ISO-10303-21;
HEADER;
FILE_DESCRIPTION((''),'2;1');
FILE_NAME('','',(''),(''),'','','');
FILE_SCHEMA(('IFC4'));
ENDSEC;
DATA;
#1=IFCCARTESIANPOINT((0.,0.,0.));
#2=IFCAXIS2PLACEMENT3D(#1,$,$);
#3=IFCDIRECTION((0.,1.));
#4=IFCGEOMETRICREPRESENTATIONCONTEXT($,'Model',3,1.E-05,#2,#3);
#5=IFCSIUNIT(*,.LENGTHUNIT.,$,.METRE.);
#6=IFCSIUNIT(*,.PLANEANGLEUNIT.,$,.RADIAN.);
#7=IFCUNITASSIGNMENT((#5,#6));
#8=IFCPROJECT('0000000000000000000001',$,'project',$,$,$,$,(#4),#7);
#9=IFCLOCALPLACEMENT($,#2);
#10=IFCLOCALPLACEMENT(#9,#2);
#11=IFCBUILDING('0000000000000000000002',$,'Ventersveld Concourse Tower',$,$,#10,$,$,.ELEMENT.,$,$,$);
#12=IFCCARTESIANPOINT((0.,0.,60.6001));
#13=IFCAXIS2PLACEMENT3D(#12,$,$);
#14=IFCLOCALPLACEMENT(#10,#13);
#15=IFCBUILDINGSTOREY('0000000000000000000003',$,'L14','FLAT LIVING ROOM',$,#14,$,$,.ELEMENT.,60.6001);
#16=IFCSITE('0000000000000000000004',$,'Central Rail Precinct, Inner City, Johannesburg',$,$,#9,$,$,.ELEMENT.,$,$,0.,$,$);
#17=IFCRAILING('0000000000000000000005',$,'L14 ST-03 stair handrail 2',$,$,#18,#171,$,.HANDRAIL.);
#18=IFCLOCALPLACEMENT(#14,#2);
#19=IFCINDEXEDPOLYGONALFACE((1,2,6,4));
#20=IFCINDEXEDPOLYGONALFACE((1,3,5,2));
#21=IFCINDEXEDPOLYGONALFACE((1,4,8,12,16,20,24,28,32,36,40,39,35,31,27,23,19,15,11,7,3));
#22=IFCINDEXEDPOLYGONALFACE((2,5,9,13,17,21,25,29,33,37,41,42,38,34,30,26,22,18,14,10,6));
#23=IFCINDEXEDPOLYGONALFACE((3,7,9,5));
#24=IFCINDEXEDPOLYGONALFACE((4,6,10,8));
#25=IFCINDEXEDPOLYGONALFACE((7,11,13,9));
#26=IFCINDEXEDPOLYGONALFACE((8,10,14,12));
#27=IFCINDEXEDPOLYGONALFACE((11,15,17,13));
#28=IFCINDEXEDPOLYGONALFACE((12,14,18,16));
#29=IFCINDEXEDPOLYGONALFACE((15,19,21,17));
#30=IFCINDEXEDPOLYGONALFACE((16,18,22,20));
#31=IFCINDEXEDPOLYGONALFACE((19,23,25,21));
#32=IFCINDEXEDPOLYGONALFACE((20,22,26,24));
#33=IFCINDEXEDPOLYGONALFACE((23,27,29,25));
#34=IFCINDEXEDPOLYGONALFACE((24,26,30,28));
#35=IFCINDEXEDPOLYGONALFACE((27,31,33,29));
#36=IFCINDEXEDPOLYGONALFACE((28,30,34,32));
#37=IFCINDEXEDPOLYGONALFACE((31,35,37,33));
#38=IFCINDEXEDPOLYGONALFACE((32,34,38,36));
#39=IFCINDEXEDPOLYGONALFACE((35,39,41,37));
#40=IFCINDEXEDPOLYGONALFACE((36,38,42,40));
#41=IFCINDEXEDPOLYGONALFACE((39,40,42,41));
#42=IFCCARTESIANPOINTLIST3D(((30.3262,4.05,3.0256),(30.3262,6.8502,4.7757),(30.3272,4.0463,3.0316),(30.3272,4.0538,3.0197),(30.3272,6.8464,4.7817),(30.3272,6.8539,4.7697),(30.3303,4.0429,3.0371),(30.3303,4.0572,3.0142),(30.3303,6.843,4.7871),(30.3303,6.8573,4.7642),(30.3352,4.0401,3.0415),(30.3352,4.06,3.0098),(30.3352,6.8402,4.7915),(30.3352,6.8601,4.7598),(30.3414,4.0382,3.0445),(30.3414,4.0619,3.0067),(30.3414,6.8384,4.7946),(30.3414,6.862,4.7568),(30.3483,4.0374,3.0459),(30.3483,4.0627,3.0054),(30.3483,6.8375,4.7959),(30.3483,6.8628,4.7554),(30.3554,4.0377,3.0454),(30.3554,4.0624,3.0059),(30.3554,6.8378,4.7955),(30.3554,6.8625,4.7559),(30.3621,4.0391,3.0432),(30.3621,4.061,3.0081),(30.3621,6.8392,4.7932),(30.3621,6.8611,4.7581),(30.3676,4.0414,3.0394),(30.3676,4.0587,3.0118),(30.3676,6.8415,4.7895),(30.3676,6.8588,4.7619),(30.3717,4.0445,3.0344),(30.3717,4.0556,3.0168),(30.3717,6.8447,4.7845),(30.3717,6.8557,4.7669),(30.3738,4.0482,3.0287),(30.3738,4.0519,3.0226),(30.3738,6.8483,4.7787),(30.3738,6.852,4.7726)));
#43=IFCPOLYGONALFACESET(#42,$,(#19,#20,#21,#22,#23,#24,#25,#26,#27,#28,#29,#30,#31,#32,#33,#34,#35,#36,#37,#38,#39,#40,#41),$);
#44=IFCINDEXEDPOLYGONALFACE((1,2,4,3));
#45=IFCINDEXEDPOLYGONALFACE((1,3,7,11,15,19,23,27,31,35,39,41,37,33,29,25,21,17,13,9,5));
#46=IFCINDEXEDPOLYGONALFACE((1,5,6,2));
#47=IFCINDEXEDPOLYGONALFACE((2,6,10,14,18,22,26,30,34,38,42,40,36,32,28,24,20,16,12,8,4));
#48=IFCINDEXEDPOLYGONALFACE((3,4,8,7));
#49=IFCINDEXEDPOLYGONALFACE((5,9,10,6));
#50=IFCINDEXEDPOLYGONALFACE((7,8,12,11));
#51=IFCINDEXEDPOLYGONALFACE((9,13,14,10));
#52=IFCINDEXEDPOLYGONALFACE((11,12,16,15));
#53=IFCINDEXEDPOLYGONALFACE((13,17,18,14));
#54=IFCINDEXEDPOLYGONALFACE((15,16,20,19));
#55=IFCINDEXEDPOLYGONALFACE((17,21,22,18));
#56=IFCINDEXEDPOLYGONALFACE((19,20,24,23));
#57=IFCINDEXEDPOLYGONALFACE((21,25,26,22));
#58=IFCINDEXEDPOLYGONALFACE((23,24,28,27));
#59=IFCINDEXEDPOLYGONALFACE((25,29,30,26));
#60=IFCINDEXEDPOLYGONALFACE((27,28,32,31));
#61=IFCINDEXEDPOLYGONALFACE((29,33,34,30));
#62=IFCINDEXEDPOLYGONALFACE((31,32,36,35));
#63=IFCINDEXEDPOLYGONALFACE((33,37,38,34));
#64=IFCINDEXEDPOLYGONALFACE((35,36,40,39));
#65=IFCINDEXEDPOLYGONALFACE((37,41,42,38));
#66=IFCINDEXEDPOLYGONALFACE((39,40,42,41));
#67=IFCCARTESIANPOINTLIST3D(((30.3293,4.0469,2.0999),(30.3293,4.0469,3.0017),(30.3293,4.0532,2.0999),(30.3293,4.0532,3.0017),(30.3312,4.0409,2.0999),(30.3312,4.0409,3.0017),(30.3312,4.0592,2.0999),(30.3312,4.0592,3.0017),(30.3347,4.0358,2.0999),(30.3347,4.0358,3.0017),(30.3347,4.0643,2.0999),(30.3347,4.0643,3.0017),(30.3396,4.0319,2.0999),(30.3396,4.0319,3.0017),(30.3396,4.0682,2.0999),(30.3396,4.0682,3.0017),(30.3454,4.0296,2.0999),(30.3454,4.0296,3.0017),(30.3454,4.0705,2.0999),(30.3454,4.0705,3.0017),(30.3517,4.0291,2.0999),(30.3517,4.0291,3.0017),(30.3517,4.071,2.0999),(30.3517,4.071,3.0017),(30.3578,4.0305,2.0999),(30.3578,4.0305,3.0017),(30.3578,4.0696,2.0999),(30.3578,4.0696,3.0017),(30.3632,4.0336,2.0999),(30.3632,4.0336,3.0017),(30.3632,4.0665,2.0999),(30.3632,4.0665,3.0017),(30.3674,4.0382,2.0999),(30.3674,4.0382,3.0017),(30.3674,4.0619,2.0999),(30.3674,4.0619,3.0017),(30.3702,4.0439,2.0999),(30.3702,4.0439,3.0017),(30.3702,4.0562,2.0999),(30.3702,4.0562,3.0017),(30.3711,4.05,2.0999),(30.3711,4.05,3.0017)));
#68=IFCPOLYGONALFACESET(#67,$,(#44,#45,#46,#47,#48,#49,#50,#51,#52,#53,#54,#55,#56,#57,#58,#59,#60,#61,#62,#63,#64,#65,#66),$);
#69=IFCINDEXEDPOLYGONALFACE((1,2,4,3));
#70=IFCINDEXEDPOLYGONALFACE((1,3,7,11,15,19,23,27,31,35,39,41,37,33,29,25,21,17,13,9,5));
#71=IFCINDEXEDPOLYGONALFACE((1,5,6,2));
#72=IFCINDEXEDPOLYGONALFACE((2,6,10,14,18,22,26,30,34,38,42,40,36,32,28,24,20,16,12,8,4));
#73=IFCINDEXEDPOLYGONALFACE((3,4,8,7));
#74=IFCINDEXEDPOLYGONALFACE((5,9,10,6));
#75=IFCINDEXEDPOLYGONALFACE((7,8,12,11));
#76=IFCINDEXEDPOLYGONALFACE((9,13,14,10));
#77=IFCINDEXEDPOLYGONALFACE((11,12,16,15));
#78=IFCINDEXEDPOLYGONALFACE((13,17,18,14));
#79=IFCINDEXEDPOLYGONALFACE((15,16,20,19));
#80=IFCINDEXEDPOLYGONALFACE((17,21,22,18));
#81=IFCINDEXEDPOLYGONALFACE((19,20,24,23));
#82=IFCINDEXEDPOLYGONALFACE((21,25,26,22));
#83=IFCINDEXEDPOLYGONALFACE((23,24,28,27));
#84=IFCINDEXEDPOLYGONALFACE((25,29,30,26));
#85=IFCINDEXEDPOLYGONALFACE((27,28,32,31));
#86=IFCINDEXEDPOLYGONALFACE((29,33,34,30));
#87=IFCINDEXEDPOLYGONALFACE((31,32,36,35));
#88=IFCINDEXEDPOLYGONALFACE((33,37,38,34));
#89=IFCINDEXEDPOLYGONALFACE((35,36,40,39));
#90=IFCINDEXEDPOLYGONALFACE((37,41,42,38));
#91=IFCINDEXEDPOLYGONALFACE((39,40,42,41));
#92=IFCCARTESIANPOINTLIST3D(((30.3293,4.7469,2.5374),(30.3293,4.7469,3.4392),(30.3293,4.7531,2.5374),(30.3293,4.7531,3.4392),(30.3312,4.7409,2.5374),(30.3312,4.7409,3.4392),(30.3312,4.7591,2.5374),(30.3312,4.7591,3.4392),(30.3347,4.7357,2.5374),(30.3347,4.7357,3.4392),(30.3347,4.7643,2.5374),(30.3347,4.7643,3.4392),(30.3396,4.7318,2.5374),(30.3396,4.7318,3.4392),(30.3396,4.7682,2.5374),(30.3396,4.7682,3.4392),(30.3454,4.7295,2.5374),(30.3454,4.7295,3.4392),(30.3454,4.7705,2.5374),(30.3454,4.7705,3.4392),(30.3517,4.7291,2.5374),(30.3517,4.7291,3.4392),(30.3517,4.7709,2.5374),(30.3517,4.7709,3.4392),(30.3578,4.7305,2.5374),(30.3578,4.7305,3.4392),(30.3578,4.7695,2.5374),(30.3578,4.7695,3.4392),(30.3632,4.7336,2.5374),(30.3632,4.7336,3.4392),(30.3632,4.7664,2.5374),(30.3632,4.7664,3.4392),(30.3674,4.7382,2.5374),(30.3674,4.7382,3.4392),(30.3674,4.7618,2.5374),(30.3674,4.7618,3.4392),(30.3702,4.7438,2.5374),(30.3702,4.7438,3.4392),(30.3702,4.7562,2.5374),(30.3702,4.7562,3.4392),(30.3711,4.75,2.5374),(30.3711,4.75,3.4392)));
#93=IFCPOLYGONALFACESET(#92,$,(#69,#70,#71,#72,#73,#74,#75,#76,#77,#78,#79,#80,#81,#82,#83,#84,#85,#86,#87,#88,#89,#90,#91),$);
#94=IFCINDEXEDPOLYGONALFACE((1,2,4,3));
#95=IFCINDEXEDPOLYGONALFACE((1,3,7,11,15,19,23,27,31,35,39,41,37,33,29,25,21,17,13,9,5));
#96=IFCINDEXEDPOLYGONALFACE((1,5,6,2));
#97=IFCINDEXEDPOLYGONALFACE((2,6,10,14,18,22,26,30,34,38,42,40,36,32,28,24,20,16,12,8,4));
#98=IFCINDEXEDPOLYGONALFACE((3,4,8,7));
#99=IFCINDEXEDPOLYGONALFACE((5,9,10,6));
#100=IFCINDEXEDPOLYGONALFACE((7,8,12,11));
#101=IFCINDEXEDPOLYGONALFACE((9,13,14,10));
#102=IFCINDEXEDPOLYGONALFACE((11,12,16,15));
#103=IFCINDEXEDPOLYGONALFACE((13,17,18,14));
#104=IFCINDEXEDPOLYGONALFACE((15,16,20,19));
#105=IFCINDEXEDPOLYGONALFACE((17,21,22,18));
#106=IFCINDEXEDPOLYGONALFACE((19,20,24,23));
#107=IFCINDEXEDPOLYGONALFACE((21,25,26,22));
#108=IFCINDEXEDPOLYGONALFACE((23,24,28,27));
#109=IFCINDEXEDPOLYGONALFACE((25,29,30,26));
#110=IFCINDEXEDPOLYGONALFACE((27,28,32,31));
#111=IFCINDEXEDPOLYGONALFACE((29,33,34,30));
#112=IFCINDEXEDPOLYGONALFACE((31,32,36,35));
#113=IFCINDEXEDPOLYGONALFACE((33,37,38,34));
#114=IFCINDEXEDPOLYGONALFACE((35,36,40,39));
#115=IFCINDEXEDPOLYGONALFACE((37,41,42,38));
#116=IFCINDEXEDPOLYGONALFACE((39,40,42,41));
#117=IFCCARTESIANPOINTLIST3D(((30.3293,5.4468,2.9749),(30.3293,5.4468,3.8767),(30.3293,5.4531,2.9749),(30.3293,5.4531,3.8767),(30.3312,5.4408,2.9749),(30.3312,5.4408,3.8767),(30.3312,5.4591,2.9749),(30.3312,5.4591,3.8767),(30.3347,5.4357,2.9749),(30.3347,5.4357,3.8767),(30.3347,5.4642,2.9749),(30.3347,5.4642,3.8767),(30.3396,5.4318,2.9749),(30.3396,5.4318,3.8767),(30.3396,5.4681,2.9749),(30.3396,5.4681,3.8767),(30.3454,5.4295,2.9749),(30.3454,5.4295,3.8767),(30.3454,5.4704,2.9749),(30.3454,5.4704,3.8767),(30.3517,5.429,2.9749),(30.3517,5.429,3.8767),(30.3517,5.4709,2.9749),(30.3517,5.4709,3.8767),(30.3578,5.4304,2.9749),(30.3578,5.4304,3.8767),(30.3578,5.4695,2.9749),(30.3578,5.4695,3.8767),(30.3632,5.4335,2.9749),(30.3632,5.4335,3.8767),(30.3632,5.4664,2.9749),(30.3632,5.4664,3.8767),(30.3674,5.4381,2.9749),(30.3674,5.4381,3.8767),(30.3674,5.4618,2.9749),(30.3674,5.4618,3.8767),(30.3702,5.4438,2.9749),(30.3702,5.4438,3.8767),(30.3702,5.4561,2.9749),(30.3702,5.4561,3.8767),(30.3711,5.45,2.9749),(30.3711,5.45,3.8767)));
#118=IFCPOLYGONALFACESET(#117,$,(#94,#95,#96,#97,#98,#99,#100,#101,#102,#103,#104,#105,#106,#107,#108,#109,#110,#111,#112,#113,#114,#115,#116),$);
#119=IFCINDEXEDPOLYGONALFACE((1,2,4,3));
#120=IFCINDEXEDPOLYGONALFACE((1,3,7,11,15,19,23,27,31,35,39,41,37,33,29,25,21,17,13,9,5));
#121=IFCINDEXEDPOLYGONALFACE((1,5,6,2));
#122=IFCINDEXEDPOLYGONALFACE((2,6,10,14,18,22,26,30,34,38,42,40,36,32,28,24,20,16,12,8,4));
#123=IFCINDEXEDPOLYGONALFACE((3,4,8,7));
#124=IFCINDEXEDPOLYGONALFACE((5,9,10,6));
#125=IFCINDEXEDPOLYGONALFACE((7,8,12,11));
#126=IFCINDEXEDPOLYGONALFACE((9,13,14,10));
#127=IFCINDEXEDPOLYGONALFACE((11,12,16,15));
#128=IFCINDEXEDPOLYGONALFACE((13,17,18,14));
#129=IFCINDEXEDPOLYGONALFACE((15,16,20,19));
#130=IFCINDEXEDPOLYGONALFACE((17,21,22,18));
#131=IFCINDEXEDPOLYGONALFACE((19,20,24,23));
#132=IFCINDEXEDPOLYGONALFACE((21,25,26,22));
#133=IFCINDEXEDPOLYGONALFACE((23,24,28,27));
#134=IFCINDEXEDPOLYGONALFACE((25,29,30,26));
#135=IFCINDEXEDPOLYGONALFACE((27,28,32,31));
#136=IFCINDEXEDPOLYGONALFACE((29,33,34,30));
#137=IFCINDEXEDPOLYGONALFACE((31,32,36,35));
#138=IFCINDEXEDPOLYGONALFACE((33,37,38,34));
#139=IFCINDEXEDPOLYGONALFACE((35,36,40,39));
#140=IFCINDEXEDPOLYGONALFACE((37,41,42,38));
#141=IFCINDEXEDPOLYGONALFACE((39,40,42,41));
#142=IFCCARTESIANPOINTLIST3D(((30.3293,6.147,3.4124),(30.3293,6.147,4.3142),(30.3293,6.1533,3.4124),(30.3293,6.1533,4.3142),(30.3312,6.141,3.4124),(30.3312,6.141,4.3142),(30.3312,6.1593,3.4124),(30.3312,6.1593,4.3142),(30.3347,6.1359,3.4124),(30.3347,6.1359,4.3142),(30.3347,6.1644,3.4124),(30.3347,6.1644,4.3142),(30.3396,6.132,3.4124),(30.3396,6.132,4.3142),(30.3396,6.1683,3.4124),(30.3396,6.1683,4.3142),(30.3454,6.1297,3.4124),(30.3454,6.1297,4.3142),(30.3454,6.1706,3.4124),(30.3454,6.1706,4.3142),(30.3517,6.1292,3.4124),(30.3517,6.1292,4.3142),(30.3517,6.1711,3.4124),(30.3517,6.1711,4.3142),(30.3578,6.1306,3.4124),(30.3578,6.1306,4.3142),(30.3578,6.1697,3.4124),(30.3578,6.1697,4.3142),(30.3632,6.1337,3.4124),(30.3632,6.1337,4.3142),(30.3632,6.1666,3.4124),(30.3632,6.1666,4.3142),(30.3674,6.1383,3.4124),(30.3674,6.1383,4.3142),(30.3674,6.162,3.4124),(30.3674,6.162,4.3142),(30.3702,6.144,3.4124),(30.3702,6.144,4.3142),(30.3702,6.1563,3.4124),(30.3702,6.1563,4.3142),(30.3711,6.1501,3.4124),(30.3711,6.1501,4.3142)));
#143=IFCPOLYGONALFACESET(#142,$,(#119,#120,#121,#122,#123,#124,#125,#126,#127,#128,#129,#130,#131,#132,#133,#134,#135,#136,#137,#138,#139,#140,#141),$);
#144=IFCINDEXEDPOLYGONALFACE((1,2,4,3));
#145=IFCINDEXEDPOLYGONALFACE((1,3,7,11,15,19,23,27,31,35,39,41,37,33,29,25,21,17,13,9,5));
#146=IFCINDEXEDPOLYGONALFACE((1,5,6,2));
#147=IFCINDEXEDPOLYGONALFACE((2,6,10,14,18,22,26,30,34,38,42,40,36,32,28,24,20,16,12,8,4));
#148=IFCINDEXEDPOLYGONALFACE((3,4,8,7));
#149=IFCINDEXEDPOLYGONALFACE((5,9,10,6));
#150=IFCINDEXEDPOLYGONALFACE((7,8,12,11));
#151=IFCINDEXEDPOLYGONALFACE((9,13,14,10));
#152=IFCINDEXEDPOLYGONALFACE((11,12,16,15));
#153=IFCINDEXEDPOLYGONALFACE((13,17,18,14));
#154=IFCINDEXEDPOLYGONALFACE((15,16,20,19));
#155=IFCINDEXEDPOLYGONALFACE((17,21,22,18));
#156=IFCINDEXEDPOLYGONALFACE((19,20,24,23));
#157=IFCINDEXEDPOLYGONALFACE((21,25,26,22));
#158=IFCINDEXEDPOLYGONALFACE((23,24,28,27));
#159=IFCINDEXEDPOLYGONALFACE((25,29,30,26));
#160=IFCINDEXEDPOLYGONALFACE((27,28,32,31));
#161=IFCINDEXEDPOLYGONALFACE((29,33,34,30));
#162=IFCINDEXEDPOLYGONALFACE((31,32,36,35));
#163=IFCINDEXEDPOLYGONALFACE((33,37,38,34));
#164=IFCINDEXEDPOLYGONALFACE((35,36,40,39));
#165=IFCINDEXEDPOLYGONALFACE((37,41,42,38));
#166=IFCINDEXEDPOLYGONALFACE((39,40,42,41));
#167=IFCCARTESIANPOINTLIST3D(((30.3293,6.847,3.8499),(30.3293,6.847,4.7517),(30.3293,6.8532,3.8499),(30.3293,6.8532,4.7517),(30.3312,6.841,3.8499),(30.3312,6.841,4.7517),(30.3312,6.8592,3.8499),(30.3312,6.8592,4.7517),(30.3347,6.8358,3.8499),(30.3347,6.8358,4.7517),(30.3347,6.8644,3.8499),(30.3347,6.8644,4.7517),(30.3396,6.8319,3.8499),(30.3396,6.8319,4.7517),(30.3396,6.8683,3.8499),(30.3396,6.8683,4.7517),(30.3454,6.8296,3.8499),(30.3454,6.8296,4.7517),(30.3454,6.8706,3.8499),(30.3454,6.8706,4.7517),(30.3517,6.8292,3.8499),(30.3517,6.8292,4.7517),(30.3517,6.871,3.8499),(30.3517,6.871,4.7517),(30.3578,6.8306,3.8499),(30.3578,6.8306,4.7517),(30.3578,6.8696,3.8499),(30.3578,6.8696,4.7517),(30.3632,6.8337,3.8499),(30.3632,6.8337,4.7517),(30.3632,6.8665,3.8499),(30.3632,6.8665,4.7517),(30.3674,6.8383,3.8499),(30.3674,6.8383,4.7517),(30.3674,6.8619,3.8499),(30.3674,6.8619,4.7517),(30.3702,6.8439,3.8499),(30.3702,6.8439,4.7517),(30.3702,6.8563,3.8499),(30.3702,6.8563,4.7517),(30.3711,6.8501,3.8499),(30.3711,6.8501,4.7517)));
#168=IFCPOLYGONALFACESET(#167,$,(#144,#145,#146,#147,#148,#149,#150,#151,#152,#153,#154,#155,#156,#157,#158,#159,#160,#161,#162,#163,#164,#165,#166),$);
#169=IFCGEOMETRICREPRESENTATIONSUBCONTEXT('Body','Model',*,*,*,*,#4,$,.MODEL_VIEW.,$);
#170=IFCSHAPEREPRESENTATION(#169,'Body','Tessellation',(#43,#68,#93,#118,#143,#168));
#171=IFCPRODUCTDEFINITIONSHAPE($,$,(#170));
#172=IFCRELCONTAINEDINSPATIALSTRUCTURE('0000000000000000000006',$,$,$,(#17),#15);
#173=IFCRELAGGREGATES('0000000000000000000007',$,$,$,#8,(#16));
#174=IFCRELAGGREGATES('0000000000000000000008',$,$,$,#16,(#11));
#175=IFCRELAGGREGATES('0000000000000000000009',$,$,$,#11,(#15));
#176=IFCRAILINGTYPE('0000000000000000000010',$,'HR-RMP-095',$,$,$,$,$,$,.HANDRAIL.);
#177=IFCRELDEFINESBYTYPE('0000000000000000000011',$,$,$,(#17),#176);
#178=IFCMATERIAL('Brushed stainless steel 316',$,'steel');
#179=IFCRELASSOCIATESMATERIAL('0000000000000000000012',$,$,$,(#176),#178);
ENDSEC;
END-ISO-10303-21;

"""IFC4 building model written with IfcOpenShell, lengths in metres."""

from ifc_helpers import new_model, si_unit, direction, frame, origin, origin_2d, place, context, subcontext, project, spatial, circle, extrude, material, type_object, element, save


model = new_model("IFC4")

# Units and contexts
model_context = context("Model", 3, precision=1e-05, world=origin(), true_north=direction((0.0, 1.0)))
body_context = subcontext(model_context, "Body", "Model", "MODEL_VIEW")
ifc_project = project(units=[si_unit("LENGTHUNIT", "METRE"), si_unit("PLANEANGLEUNIT", "RADIAN")], contexts=[model_context])

# Site, building, storey
site_placement = place(None, origin())
site = spatial("IfcSite", under=ifc_project, at=site_placement, Name="Central Rail Precinct, Inner City, Johannesburg", CompositionType="ELEMENT", RefElevation=0.0)
building_placement = place(site_placement, origin())
building = spatial("IfcBuilding", under=site, at=building_placement, Name="Ventersveld Concourse Tower", CompositionType="ELEMENT")
storey_placement = place(building_placement, frame((0.0, 0.0, 60.6001)))
storey = spatial("IfcBuildingStorey", under=building, at=storey_placement, Name="L14", Description="FLAT LIVING ROOM", CompositionType="ELEMENT", Elevation=60.6001)

# Railing
ifc_material_1 = material(Name="Brushed stainless steel 316", Category="steel")
railing_type_1 = type_object("IfcRailingType", Name="HR-RMP-095", PredefinedType="HANDRAIL", material=ifc_material_1)
railing_1_placement = place(storey_placement, frame((30.3501, 4.05, 2.0999)))
element("IfcRailing", 1, at=railing_1_placement, inside=storey, type_object=railing_type_1, Name="L14 ST-03 stair handrail 2", PredefinedType="HANDRAIL", context=body_context, shape_type="SweptSolid", body=[
    extrude(circle(Radius=0.0239, at=origin_2d()), frame((0.0, 0.0, 0.9258), z_axis=(0.0, 0.848002, 0.529992), x_axis=(-1.0, 0.0, 0.0)), (0.0, 0.0, 1.0), 3.302),
    extrude(circle(Radius=0.021, at=origin_2d()), origin(), (0.0, 0.0, 1.0), 0.9019),
    extrude(circle(Radius=0.021, at=origin_2d()), frame((0.0, 0.7, 0.4375)), (0.0, 0.0, 1.0), 0.9019),
    extrude(circle(Radius=0.021, at=origin_2d()), frame((0.0, 1.3999, 0.875)), (0.0, 0.0, 1.0), 0.9019),
    extrude(circle(Radius=0.021, at=origin_2d()), frame((0.0, 2.1001, 1.3125)), (0.0, 0.0, 1.0), 0.9019),
    extrude(circle(Radius=0.021, at=origin_2d()), frame((0.0, 2.8, 1.75)), (0.0, 0.0, 1.0), 0.9019),
])

save(model, "model.ifc")
